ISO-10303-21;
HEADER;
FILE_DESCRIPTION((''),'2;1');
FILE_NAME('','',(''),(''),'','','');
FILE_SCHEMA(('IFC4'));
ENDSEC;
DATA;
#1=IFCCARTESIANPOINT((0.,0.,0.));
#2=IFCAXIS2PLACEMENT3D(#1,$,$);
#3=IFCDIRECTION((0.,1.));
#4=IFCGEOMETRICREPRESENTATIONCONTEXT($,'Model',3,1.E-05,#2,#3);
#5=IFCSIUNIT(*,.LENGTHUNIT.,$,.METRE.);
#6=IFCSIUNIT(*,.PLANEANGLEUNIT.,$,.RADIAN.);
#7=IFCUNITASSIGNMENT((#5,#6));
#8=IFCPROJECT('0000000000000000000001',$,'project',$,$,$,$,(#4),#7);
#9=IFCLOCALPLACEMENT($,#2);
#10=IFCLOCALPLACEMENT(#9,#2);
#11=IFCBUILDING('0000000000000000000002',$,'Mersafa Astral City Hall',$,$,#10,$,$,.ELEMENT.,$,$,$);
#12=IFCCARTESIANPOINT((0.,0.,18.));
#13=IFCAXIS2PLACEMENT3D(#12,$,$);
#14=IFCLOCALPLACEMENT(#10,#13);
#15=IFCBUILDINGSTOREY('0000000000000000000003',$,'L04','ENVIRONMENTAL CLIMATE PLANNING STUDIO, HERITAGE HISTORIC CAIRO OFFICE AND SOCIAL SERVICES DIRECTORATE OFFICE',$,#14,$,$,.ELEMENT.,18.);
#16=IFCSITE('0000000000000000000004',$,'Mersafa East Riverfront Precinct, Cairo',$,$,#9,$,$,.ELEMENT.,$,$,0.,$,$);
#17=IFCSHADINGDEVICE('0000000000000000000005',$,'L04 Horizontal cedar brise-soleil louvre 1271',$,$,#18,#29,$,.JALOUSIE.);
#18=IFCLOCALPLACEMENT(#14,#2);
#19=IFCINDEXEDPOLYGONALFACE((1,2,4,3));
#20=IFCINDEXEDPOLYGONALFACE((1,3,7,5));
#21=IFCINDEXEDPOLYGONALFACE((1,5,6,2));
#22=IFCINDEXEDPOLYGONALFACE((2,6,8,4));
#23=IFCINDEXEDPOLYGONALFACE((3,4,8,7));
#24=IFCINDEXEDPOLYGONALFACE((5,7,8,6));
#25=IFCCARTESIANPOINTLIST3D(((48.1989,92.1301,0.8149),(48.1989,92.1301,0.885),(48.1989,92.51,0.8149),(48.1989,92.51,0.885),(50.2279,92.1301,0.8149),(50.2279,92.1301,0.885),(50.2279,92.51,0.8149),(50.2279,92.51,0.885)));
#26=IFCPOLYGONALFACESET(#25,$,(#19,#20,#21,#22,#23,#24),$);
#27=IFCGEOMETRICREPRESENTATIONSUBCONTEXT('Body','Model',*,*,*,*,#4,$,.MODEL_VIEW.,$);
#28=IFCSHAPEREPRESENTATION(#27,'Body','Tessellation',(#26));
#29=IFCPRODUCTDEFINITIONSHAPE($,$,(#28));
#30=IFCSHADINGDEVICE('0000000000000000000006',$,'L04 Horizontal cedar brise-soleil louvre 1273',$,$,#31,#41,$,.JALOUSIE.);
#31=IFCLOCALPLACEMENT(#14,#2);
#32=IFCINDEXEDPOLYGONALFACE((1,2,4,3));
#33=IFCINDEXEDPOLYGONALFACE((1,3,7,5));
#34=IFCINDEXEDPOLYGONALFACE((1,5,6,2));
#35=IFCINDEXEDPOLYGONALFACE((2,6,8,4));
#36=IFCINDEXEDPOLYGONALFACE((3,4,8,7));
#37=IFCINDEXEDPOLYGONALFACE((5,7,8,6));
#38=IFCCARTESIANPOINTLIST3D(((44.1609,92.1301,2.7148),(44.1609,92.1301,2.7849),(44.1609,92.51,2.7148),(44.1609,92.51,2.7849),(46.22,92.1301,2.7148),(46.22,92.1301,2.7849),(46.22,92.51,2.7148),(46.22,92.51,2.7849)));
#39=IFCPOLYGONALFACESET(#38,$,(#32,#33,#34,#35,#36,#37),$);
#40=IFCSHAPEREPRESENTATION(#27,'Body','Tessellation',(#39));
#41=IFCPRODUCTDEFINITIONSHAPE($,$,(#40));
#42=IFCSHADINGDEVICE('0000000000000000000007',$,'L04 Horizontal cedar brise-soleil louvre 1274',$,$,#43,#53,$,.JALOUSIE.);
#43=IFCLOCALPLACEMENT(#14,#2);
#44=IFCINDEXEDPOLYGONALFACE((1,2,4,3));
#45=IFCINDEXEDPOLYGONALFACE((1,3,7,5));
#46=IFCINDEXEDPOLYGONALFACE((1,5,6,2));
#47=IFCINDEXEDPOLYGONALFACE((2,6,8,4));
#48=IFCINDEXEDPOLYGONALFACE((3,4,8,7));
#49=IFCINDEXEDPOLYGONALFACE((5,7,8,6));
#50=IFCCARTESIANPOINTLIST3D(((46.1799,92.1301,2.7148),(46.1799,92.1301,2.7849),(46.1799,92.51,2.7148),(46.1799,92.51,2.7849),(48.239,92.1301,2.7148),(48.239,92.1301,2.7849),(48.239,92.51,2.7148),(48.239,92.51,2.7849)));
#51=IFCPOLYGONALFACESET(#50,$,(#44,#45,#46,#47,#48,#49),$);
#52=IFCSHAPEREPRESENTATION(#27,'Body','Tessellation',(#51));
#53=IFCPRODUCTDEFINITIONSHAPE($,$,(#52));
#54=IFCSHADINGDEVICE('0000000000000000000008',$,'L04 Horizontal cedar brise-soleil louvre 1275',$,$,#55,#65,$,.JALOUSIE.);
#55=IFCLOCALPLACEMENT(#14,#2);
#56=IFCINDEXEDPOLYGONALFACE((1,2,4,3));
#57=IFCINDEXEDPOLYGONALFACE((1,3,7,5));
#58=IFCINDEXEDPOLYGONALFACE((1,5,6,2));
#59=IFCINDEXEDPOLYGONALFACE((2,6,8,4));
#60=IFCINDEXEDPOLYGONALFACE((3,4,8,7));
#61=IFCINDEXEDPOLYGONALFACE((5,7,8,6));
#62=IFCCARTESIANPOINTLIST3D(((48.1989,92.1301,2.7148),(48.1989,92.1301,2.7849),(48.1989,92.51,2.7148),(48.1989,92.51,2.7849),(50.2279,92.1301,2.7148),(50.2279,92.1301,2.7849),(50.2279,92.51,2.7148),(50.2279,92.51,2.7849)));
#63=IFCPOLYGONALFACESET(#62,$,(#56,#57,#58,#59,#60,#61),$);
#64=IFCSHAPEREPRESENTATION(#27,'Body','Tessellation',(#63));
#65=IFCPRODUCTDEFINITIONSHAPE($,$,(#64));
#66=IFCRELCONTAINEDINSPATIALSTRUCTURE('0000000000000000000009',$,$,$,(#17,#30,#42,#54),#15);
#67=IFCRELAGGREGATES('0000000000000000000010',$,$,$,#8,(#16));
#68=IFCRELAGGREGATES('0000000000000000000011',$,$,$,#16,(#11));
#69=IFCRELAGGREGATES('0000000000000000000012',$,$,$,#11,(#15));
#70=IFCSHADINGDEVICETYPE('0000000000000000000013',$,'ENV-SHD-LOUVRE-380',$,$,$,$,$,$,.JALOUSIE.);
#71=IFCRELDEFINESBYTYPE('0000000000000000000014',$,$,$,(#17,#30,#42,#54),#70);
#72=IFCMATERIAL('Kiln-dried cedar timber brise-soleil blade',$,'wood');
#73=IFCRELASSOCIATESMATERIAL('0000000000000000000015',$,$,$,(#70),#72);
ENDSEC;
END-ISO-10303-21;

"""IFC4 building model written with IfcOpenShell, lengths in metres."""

from ifc_helpers import new_model, si_unit, direction, frame, origin, origin_2d, place, context, subcontext, project, spatial, rectangle, extrude, material, type_object, element, save


model = new_model("IFC4")

# Units and contexts
model_context = context("Model", 3, precision=1e-05, world=origin(), true_north=direction((0.0, 1.0)))
body_context = subcontext(model_context, "Body", "Model", "MODEL_VIEW")
ifc_project = project(units=[si_unit("LENGTHUNIT", "METRE"), si_unit("PLANEANGLEUNIT", "RADIAN")], contexts=[model_context])

# Site, building, storey
site_placement = place(None, origin())
site = spatial("IfcSite", under=ifc_project, at=site_placement, Name="Mersafa East Riverfront Precinct, Cairo", CompositionType="ELEMENT", RefElevation=0.0)
building_placement = place(site_placement, origin())
building = spatial("IfcBuilding", under=site, at=building_placement, Name="Mersafa Astral City Hall", CompositionType="ELEMENT")
storey_placement = place(building_placement, frame((0.0, 0.0, 18.0)))
storey = spatial("IfcBuildingStorey", under=building, at=storey_placement, Name="L04", Description="ENVIRONMENTAL CLIMATE PLANNING STUDIO, HERITAGE HISTORIC CAIRO OFFICE AND SOCIAL SERVICES DIRECTORATE OFFICE", CompositionType="ELEMENT", Elevation=18.0)

# Shading devices
ifc_material_1 = material(Name="Kiln-dried cedar timber brise-soleil blade", Category="wood")
shading_device_type = type_object("IfcShadingDeviceType", Name="ENV-SHD-LOUVRE-380", PredefinedType="JALOUSIE", material=ifc_material_1)
shading_device_1_placement = place(storey_placement, frame((49.2134, 92.3201, 0.8149), z_axis=(0.0, 0.0, 1.0), x_axis=(1.0, 0.0, 0.0)))
element("IfcShadingDevice", 1, at=shading_device_1_placement, inside=storey, type_object=shading_device_type, Name="L04 Horizontal cedar brise-soleil louvre 1271", PredefinedType="JALOUSIE", context=body_context, shape_type="SweptSolid", body=[
    extrude(rectangle(XDim=2.0291, YDim=0.3799, at=origin_2d()), origin(), (0.0, 0.0, 1.0), 0.0701),
])
for number, where, z_axis, x_axis, name in (
    (2, (45.1904, 92.3201, 2.7148), (0.0, 0.0, 1.0), (1.0, 0.0, 0.0), "L04 Horizontal cedar brise-soleil louvre 1273"),
    (3, (47.2095, 92.3201, 2.7148), (0.0, 0.0, 1.0), (1.0, 0.0, 0.0), "L04 Horizontal cedar brise-soleil louvre 1274"),
):
    element("IfcShadingDevice", number, at=place(storey_placement, frame(where, z_axis=z_axis, x_axis=x_axis)), inside=storey, type_object=shading_device_type, Name=name, PredefinedType="JALOUSIE", context=body_context, shape_type="SweptSolid", body=[
        extrude(rectangle(XDim=2.0591, YDim=0.3799, at=origin_2d()), origin(), (0.0, 0.0, 1.0), 0.0701),
    ])
shading_device_2_placement = place(storey_placement, frame((49.2134, 92.3201, 2.7148), z_axis=(0.0, 0.0, 1.0), x_axis=(1.0, 0.0, 0.0)))
element("IfcShadingDevice", 4, at=shading_device_2_placement, inside=storey, type_object=shading_device_type, Name="L04 Horizontal cedar brise-soleil louvre 1275", PredefinedType="JALOUSIE", context=body_context, shape_type="SweptSolid", body=[
    extrude(rectangle(XDim=2.0291, YDim=0.3799, at=origin_2d()), origin(), (0.0, 0.0, 1.0), 0.0701),
])

save(model, "model.ifc")
